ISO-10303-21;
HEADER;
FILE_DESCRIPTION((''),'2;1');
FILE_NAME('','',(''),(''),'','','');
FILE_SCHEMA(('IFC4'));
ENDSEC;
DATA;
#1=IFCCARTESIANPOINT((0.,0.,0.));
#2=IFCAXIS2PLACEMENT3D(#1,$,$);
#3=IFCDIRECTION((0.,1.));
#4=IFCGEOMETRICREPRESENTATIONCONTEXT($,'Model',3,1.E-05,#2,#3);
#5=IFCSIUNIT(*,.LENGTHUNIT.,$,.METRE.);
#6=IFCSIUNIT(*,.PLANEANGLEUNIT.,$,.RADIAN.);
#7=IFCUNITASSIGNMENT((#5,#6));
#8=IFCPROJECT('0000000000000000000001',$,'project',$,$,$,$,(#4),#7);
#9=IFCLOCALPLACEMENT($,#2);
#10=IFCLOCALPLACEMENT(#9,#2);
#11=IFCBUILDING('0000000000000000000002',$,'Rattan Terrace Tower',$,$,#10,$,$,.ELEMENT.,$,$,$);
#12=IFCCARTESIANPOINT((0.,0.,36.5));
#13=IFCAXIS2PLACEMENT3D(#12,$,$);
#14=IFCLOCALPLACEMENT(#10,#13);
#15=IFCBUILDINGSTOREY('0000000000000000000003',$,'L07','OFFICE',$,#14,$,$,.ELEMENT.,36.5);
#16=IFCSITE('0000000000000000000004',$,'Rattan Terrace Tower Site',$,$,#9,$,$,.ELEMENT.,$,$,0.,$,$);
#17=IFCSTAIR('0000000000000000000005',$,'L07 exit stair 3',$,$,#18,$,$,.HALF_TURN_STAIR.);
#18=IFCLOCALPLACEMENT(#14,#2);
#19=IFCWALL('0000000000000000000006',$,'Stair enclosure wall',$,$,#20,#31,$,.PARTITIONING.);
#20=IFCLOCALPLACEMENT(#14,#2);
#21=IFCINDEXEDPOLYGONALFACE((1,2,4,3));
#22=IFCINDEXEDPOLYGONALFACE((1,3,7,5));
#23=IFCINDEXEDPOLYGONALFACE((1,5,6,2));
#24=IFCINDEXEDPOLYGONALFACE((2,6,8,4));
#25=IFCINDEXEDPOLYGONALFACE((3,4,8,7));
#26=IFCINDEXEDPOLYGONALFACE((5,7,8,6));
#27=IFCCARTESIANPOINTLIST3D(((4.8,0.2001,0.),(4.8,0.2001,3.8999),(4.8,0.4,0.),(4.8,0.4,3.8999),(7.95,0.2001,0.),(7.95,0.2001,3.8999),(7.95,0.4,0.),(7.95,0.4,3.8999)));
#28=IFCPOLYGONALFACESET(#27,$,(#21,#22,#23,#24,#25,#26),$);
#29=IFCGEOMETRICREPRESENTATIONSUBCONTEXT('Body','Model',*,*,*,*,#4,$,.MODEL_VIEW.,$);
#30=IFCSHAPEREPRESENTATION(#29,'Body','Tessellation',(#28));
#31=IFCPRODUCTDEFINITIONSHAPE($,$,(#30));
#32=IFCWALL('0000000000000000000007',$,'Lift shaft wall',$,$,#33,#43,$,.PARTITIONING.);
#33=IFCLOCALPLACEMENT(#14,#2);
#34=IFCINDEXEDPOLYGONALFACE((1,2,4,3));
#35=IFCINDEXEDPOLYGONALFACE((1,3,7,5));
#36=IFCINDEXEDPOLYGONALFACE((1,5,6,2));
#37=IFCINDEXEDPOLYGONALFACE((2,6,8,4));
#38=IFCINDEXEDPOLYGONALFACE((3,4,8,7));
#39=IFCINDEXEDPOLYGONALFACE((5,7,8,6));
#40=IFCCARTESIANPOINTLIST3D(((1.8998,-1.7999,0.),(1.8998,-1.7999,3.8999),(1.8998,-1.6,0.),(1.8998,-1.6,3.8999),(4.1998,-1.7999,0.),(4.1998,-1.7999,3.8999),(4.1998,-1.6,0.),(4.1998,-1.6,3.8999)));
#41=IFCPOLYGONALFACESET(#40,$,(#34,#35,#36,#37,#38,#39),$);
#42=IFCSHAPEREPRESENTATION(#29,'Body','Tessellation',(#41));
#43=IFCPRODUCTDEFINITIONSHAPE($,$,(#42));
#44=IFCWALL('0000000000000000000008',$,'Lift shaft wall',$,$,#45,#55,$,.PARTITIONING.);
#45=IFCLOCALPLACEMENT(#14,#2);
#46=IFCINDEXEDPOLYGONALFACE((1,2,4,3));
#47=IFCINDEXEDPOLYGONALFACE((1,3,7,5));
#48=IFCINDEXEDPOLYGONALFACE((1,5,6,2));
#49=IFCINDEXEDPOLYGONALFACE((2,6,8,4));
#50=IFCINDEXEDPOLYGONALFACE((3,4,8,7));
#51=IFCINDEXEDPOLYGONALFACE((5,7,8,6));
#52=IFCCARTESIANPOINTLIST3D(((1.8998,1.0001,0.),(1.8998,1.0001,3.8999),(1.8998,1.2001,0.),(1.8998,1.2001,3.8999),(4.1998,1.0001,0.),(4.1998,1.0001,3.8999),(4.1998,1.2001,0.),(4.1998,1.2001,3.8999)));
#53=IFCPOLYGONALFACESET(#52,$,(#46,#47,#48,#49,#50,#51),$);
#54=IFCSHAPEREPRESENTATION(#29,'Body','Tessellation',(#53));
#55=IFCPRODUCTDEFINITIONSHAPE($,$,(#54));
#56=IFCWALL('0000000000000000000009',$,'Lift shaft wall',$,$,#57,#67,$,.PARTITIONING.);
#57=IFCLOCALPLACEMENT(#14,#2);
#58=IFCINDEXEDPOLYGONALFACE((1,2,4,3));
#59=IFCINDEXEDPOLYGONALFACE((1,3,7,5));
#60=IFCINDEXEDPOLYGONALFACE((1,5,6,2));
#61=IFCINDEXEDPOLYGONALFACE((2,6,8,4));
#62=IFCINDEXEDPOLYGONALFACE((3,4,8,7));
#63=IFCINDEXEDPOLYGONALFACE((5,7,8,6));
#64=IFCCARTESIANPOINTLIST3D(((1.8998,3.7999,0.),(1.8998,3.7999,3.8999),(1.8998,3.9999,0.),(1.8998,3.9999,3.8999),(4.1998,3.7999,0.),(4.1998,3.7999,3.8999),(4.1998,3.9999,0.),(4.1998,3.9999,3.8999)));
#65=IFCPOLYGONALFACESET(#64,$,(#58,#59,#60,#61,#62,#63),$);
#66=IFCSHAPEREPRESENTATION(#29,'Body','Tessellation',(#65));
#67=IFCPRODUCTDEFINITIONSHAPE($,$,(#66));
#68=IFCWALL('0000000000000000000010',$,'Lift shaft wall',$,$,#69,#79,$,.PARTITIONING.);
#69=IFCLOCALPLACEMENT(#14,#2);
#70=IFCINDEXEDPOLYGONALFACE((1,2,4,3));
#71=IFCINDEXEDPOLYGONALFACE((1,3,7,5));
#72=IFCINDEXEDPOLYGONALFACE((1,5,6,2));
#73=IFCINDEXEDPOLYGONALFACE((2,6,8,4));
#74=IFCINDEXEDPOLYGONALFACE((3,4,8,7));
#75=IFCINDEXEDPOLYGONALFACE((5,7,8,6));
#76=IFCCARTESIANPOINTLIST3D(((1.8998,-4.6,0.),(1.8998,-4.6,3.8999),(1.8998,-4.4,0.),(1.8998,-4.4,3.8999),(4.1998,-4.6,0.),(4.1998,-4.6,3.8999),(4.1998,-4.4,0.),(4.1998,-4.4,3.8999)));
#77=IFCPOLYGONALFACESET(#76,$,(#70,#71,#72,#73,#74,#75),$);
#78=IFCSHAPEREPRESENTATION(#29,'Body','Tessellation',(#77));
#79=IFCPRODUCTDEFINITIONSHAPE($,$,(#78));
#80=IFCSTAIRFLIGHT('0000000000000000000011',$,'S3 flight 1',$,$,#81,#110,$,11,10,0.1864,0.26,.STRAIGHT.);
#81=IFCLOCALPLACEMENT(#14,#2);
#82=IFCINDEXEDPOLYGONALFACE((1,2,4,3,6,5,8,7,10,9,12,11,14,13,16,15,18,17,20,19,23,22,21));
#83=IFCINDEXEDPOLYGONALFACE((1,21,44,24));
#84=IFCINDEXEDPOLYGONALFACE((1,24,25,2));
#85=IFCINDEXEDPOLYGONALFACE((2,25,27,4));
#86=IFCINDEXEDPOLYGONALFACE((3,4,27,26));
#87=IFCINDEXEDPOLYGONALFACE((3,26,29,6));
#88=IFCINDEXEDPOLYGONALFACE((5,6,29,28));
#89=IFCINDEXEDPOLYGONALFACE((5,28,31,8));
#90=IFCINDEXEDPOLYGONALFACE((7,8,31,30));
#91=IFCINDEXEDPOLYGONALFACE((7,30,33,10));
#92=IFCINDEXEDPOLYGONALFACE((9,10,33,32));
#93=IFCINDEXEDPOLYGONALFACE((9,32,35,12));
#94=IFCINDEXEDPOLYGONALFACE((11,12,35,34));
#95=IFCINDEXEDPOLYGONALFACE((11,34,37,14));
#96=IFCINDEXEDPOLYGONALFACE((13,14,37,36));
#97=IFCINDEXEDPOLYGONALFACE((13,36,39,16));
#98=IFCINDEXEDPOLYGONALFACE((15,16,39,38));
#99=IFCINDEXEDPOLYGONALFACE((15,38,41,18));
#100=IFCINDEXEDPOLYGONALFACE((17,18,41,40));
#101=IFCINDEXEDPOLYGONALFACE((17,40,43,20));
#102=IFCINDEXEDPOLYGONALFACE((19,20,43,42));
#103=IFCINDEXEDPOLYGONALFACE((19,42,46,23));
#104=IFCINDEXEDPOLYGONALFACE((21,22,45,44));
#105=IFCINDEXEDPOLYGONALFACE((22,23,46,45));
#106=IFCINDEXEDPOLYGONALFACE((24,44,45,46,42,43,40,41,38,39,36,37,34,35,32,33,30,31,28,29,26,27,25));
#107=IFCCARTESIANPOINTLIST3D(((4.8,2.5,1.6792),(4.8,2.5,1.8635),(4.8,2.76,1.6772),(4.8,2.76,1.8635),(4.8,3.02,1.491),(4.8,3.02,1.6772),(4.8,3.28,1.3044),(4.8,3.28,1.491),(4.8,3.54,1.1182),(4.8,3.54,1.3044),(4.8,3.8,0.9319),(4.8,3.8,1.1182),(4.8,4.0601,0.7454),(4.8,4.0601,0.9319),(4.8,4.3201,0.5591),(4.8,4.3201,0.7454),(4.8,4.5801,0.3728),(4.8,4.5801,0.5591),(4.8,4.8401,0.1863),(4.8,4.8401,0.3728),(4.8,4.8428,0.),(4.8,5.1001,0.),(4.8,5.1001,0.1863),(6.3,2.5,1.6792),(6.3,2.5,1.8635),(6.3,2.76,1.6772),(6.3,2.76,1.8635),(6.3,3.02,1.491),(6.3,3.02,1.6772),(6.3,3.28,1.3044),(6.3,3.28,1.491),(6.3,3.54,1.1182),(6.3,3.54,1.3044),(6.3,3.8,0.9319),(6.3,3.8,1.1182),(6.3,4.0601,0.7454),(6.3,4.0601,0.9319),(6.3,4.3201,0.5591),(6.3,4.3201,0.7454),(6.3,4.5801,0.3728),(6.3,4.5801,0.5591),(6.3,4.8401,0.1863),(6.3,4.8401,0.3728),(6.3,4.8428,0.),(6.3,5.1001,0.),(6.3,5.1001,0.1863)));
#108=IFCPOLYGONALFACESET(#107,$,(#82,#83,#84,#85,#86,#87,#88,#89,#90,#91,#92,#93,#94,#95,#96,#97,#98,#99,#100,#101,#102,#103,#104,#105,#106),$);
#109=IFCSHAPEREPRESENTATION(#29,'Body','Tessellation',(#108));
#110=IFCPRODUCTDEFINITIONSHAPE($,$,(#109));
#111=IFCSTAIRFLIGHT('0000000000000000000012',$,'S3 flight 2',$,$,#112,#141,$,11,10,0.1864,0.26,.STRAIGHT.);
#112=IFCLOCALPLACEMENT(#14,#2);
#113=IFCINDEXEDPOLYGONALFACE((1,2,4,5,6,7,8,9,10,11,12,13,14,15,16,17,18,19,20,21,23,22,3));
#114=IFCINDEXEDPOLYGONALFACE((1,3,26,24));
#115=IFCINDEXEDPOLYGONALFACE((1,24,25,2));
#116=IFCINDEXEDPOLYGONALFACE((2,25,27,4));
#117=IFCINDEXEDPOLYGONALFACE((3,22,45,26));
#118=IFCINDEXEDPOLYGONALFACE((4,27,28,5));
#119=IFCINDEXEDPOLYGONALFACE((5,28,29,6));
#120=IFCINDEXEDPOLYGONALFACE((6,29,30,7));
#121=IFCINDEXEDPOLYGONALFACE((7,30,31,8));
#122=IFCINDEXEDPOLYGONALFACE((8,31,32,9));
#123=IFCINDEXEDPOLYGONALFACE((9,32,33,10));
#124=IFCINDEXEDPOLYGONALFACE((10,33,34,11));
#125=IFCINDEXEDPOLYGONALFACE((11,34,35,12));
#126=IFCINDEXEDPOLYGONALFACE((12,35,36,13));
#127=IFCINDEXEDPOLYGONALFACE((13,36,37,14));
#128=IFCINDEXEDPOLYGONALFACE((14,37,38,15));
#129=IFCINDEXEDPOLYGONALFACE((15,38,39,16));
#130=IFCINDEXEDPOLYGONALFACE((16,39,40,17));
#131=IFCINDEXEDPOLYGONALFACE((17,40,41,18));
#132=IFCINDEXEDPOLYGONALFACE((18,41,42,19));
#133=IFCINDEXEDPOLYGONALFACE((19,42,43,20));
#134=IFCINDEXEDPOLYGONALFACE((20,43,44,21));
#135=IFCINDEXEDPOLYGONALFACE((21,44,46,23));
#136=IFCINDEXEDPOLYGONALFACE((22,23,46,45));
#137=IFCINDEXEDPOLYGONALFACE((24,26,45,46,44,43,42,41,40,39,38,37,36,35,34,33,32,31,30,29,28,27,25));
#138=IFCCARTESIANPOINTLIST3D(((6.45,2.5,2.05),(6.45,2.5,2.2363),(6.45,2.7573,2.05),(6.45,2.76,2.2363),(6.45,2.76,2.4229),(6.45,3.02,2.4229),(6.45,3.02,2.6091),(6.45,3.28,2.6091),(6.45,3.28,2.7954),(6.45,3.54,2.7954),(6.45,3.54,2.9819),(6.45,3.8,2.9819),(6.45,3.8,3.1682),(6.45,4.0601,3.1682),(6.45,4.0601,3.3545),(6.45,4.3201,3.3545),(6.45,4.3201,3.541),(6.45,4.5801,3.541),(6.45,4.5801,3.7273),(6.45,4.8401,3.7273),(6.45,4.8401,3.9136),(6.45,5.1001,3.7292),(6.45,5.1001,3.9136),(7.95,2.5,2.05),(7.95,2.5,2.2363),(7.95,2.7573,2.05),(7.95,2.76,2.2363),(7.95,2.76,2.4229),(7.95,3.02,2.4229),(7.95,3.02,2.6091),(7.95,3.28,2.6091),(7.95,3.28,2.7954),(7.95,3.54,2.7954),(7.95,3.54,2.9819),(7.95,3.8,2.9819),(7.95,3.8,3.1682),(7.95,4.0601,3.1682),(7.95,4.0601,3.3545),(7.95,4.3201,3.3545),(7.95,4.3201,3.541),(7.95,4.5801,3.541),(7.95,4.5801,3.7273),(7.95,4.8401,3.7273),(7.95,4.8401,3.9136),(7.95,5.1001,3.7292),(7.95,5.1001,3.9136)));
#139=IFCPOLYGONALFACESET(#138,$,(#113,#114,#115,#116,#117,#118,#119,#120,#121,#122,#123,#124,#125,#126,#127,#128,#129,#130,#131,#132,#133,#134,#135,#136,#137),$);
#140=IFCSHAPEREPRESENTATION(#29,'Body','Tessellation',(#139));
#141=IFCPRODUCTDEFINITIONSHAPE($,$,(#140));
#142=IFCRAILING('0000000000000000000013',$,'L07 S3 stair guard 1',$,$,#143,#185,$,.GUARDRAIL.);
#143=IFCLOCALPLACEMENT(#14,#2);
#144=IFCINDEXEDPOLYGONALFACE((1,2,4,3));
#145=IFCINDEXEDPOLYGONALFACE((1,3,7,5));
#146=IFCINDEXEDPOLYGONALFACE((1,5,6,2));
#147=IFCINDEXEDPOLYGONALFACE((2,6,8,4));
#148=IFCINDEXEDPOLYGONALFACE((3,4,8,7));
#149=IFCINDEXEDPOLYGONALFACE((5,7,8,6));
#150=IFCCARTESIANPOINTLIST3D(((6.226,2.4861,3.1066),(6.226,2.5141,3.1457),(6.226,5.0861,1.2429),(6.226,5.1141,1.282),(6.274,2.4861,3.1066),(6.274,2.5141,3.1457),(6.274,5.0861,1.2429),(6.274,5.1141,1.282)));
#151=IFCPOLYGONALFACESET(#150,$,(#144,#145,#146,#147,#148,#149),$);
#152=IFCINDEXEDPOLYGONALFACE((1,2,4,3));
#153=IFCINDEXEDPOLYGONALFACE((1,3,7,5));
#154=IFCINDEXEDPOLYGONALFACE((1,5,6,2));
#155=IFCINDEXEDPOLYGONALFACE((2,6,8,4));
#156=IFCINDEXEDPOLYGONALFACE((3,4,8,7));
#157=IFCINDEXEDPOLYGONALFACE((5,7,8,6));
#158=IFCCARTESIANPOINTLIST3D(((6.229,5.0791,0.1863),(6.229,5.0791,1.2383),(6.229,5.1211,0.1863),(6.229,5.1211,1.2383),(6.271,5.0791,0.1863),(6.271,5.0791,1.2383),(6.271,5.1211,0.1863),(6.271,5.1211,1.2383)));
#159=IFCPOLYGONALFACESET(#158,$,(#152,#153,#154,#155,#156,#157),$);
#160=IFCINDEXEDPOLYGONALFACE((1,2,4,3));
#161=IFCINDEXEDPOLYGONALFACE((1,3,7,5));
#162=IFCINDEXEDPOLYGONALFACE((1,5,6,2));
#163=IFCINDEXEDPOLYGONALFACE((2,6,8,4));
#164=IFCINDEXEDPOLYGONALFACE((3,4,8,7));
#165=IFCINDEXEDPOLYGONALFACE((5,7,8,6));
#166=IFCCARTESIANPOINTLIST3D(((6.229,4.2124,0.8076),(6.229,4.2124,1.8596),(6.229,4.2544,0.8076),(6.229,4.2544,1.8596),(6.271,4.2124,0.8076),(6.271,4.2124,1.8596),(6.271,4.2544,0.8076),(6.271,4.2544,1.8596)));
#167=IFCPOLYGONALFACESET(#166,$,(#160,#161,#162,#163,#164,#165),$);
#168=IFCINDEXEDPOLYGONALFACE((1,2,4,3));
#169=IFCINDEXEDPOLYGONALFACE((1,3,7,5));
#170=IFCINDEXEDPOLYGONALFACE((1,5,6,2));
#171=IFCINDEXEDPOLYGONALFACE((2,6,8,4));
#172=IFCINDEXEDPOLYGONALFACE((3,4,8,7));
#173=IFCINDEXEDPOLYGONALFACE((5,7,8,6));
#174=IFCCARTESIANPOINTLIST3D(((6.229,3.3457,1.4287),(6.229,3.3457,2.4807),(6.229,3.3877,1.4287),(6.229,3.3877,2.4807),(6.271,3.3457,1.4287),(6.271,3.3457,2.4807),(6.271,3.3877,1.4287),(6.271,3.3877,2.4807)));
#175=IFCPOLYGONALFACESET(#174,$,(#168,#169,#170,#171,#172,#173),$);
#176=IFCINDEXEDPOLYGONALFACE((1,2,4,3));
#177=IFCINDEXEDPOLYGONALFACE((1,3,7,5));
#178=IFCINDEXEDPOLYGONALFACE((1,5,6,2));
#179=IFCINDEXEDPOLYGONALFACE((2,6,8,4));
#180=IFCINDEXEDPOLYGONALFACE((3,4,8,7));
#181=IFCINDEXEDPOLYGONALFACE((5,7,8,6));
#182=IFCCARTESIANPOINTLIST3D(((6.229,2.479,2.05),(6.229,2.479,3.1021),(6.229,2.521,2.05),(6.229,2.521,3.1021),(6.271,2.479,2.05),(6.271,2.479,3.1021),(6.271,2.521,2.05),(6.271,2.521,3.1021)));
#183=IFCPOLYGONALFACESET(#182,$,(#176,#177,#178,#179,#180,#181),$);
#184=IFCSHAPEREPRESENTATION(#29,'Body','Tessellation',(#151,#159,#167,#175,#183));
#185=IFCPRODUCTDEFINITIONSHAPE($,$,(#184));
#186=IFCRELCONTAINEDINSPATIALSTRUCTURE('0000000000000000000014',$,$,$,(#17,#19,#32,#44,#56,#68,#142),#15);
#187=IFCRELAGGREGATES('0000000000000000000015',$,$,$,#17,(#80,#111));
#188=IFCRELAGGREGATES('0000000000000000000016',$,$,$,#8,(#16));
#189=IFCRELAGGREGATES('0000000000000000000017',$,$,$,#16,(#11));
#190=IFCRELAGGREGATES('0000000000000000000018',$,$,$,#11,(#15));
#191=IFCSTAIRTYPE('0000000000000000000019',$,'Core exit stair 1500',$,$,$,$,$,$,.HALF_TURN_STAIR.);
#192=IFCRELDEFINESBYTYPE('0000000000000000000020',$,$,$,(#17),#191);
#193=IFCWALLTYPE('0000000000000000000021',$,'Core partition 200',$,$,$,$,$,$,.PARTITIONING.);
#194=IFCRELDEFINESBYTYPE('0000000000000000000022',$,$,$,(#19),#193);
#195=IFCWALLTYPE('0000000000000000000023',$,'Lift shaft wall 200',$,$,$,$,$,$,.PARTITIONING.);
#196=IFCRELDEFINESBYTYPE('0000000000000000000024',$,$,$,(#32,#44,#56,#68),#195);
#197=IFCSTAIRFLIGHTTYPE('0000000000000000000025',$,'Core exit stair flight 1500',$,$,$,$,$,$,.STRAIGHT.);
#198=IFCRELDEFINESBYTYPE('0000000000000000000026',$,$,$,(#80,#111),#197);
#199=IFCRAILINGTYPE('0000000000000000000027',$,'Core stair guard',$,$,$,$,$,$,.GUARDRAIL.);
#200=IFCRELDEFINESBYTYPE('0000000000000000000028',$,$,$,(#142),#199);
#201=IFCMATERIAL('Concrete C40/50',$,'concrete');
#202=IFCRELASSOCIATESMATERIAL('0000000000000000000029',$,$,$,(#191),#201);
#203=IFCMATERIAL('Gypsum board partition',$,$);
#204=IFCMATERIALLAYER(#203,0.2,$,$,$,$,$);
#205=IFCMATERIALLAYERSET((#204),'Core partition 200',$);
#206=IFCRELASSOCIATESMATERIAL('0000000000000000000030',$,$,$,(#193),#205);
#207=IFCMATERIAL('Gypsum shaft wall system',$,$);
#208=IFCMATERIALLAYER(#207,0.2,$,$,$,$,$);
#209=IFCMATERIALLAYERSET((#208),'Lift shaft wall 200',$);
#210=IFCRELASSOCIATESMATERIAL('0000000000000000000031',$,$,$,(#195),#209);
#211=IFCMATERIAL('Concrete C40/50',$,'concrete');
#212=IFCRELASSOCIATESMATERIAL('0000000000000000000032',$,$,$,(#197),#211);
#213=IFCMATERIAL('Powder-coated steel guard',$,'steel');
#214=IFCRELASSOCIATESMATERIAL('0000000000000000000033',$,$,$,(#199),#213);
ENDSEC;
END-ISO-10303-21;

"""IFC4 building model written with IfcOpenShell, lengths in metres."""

from ifc_helpers import new_model, si_unit, direction, frame, frame_2d, origin, origin_2d, place, context, subcontext, project, spatial, polyline, rectangle, outline, extrude, material, layer, layer_set, type_object, element, aggregate, save


model = new_model("IFC4")

# Units and contexts
model_context = context("Model", 3, precision=1e-05, world=origin(), true_north=direction((0.0, 1.0)))
body_context = subcontext(model_context, "Body", "Model", "MODEL_VIEW")
ifc_project = project(units=[si_unit("LENGTHUNIT", "METRE"), si_unit("PLANEANGLEUNIT", "RADIAN")], contexts=[model_context])

# Site, building, storey
site_placement = place(None, origin())
site = spatial("IfcSite", under=ifc_project, at=site_placement, Name="Rattan Terrace Tower Site", CompositionType="ELEMENT", RefElevation=0.0)
building_placement = place(site_placement, origin())
building = spatial("IfcBuilding", under=site, at=building_placement, Name="Rattan Terrace Tower", CompositionType="ELEMENT")
storey_placement = place(building_placement, frame((0.0, 0.0, 36.5)))
storey = spatial("IfcBuildingStorey", under=building, at=storey_placement, Name="L07", Description="OFFICE", CompositionType="ELEMENT", Elevation=36.5)

# Stair
ifc_material_1 = material(Name="Concrete C40/50", Category="concrete")
stair_type = type_object("IfcStairType", Name="Core exit stair 1500", PredefinedType="HALF_TURN_STAIR", material=ifc_material_1)
stair_1_placement = place(storey_placement, origin())
stair_1 = element("IfcStair", 1, at=stair_1_placement, inside=storey, type_object=stair_type, Name="L07 exit stair 3", PredefinedType="HALF_TURN_STAIR")

# Walls
ifc_material_2 = material(Name="Gypsum board partition")
ifc_layer_1 = layer(ifc_material_2, 0.2)
ifc_layer_set_1 = layer_set([ifc_layer_1], Name="Core partition 200")
wall_type_1 = type_object("IfcWallType", Name="Core partition 200", PredefinedType="PARTITIONING", material=ifc_layer_set_1)
wall_1_placement = place(storey_placement, frame((4.8, 0.3, 0.0), z_axis=(0.0, 0.0, 1.0), x_axis=(1.0, 0.0, 0.0)))
element("IfcWall", 2, at=wall_1_placement, inside=storey, type_object=wall_type_1, Name="Stair enclosure wall", PredefinedType="PARTITIONING", context=body_context, shape_type="SweptSolid", body=[
    extrude(rectangle(XDim=3.1499, YDim=0.2, at=frame_2d((1.575, 0.0))), origin(), (0.0, 0.0, 1.0), 3.8999),
])
ifc_material_3 = material(Name="Gypsum shaft wall system")
ifc_layer_2 = layer(ifc_material_3, 0.2)
ifc_layer_set_2 = layer_set([ifc_layer_2], Name="Lift shaft wall 200")
wall_type_2 = type_object("IfcWallType", Name="Lift shaft wall 200", PredefinedType="PARTITIONING", material=ifc_layer_set_2)
for number, where, z_axis, x_axis, name in (
    (3, (1.8999, -1.7, 0.0), (0.0, 0.0, 1.0), (1.0, 0.0, 0.0), "Lift shaft wall"),
    (4, (1.8999, 1.1001, 0.0), (0.0, 0.0, 1.0), (1.0, 0.0, 0.0), "Lift shaft wall"),
    (5, (1.8999, 3.8999, 0.0), (0.0, 0.0, 1.0), (1.0, 0.0, 0.0), "Lift shaft wall"),
    (6, (1.8999, -4.5, 0.0), (0.0, 0.0, 1.0), (1.0, 0.0, 0.0), "Lift shaft wall"),
):
    element("IfcWall", number, at=place(storey_placement, frame(where, z_axis=z_axis, x_axis=x_axis)), inside=storey, type_object=wall_type_2, Name=name, PredefinedType="PARTITIONING", context=body_context, shape_type="SweptSolid", body=[
        extrude(rectangle(XDim=2.3, YDim=0.2, at=frame_2d((1.1499, 0.0))), origin(), (0.0, 0.0, 1.0), 3.8999),
    ])

# Stair flights
ifc_material_4 = material(Name="Concrete C40/50", Category="concrete")
stair_flight_type = type_object("IfcStairFlightType", Name="Core exit stair flight 1500", PredefinedType="STRAIGHT", material=ifc_material_4)
stair_flight_1_placement = place(storey_placement, frame((5.55, 5.1001, 0.0), z_axis=(0.0, 0.0, 1.0), x_axis=(0.0, -1.0, 0.0)))
stair_flight_1 = element("IfcStairFlight", 7, at=stair_flight_1_placement, type_object=stair_flight_type, Name="S3 flight 1", NumberOfRisers=11, NumberOfTreads=10, PredefinedType="STRAIGHT", RiserHeight=0.1864, TreadLength=0.26, context=body_context, shape_type="SweptSolid", body=[
    extrude(outline(polyline([(0.0, 0.0), (0.0, 0.1863), (0.26, 0.1863), (0.26, 0.3728), (0.52, 0.3728), (0.52, 0.5591), (0.78, 0.5591), (0.78, 0.7454), (1.04, 0.7454), (1.04, 0.9319), (1.3, 0.9319), (1.3, 1.1182), (1.5601, 1.1182), (1.5601, 1.3044), (1.8201, 1.3044), (1.8201, 1.491), (2.0801, 1.491), (2.0801, 1.6772), (2.3401, 1.6772), (2.3401, 1.8635), (2.6001, 1.8635), (2.6001, 2.05), (2.6001, 1.6792), (0.2573, 0.0), (0.0, 0.0)])), frame((0.0, 0.75, 0.0), z_axis=(0.0, -1.0, 0.0), x_axis=(1.0, 0.0, 0.0)), (0.0, 0.0, 1.0), 1.5),
])
stair_flight_2_placement = place(storey_placement, frame((7.2, 2.5, 2.05), z_axis=(0.0, 0.0, 1.0), x_axis=(0.0, 1.0, 0.0)))
stair_flight_2 = element("IfcStairFlight", 8, at=stair_flight_2_placement, type_object=stair_flight_type, Name="S3 flight 2", NumberOfRisers=11, NumberOfTreads=10, PredefinedType="STRAIGHT", RiserHeight=0.1864, TreadLength=0.26, context=body_context, shape_type="SweptSolid", body=[
    extrude(outline(polyline([(0.0, 0.0), (0.0, 0.1863), (0.26, 0.1863), (0.26, 0.3728), (0.52, 0.3728), (0.52, 0.5591), (0.78, 0.5591), (0.78, 0.7454), (1.04, 0.7454), (1.04, 0.9319), (1.3, 0.9319), (1.3, 1.1182), (1.5601, 1.1182), (1.5601, 1.3044), (1.8201, 1.3044), (1.8201, 1.491), (2.0801, 1.491), (2.0801, 1.6772), (2.3401, 1.6772), (2.3401, 1.8635), (2.6001, 1.8635), (2.6001, 2.05), (2.6001, 1.6792), (0.2573, 0.0), (0.0, 0.0)])), frame((0.0, 0.75, 0.0), z_axis=(0.0, -1.0, 0.0), x_axis=(1.0, 0.0, 0.0)), (0.0, 0.0, 1.0), 1.5),
])
aggregate(stair_1, [stair_flight_1, stair_flight_2])

# Railing
ifc_material_5 = material(Name="Powder-coated steel guard", Category="steel")
railing_type_1 = type_object("IfcRailingType", Name="Core stair guard", PredefinedType="GUARDRAIL", material=ifc_material_5)
railing_1_placement = place(storey_placement, frame((6.25, 5.1001, 0.1863)))
element("IfcRailing", 9, at=railing_1_placement, inside=storey, type_object=railing_type_1, Name="L07 S3 stair guard 1", PredefinedType="GUARDRAIL", context=body_context, shape_type="SweptSolid", body=[
    extrude(rectangle(XDim=0.0481, YDim=0.0481, at=origin_2d()), frame((0.0, 0.0, 1.0762), z_axis=(0.0, -0.812763, 0.582595), x_axis=(1.0, 0.0, 0.0)), (0.0, 0.0, 1.0), 3.199),
    extrude(rectangle(XDim=0.042, YDim=0.042, at=origin_2d()), origin(), (0.0, 0.0, 1.0), 1.052),
    extrude(rectangle(XDim=0.042, YDim=0.042, at=origin_2d()), frame((0.0, -0.8667, 0.6213)), (0.0, 0.0, 1.0), 1.052),
    extrude(rectangle(XDim=0.042, YDim=0.042, at=origin_2d()), frame((0.0, -1.7334, 1.2424)), (0.0, 0.0, 1.0), 1.052),
    extrude(rectangle(XDim=0.042, YDim=0.042, at=origin_2d()), frame((0.0, -2.6001, 1.8638)), (0.0, 0.0, 1.0), 1.052),
])

save(model, "model.ifc")
